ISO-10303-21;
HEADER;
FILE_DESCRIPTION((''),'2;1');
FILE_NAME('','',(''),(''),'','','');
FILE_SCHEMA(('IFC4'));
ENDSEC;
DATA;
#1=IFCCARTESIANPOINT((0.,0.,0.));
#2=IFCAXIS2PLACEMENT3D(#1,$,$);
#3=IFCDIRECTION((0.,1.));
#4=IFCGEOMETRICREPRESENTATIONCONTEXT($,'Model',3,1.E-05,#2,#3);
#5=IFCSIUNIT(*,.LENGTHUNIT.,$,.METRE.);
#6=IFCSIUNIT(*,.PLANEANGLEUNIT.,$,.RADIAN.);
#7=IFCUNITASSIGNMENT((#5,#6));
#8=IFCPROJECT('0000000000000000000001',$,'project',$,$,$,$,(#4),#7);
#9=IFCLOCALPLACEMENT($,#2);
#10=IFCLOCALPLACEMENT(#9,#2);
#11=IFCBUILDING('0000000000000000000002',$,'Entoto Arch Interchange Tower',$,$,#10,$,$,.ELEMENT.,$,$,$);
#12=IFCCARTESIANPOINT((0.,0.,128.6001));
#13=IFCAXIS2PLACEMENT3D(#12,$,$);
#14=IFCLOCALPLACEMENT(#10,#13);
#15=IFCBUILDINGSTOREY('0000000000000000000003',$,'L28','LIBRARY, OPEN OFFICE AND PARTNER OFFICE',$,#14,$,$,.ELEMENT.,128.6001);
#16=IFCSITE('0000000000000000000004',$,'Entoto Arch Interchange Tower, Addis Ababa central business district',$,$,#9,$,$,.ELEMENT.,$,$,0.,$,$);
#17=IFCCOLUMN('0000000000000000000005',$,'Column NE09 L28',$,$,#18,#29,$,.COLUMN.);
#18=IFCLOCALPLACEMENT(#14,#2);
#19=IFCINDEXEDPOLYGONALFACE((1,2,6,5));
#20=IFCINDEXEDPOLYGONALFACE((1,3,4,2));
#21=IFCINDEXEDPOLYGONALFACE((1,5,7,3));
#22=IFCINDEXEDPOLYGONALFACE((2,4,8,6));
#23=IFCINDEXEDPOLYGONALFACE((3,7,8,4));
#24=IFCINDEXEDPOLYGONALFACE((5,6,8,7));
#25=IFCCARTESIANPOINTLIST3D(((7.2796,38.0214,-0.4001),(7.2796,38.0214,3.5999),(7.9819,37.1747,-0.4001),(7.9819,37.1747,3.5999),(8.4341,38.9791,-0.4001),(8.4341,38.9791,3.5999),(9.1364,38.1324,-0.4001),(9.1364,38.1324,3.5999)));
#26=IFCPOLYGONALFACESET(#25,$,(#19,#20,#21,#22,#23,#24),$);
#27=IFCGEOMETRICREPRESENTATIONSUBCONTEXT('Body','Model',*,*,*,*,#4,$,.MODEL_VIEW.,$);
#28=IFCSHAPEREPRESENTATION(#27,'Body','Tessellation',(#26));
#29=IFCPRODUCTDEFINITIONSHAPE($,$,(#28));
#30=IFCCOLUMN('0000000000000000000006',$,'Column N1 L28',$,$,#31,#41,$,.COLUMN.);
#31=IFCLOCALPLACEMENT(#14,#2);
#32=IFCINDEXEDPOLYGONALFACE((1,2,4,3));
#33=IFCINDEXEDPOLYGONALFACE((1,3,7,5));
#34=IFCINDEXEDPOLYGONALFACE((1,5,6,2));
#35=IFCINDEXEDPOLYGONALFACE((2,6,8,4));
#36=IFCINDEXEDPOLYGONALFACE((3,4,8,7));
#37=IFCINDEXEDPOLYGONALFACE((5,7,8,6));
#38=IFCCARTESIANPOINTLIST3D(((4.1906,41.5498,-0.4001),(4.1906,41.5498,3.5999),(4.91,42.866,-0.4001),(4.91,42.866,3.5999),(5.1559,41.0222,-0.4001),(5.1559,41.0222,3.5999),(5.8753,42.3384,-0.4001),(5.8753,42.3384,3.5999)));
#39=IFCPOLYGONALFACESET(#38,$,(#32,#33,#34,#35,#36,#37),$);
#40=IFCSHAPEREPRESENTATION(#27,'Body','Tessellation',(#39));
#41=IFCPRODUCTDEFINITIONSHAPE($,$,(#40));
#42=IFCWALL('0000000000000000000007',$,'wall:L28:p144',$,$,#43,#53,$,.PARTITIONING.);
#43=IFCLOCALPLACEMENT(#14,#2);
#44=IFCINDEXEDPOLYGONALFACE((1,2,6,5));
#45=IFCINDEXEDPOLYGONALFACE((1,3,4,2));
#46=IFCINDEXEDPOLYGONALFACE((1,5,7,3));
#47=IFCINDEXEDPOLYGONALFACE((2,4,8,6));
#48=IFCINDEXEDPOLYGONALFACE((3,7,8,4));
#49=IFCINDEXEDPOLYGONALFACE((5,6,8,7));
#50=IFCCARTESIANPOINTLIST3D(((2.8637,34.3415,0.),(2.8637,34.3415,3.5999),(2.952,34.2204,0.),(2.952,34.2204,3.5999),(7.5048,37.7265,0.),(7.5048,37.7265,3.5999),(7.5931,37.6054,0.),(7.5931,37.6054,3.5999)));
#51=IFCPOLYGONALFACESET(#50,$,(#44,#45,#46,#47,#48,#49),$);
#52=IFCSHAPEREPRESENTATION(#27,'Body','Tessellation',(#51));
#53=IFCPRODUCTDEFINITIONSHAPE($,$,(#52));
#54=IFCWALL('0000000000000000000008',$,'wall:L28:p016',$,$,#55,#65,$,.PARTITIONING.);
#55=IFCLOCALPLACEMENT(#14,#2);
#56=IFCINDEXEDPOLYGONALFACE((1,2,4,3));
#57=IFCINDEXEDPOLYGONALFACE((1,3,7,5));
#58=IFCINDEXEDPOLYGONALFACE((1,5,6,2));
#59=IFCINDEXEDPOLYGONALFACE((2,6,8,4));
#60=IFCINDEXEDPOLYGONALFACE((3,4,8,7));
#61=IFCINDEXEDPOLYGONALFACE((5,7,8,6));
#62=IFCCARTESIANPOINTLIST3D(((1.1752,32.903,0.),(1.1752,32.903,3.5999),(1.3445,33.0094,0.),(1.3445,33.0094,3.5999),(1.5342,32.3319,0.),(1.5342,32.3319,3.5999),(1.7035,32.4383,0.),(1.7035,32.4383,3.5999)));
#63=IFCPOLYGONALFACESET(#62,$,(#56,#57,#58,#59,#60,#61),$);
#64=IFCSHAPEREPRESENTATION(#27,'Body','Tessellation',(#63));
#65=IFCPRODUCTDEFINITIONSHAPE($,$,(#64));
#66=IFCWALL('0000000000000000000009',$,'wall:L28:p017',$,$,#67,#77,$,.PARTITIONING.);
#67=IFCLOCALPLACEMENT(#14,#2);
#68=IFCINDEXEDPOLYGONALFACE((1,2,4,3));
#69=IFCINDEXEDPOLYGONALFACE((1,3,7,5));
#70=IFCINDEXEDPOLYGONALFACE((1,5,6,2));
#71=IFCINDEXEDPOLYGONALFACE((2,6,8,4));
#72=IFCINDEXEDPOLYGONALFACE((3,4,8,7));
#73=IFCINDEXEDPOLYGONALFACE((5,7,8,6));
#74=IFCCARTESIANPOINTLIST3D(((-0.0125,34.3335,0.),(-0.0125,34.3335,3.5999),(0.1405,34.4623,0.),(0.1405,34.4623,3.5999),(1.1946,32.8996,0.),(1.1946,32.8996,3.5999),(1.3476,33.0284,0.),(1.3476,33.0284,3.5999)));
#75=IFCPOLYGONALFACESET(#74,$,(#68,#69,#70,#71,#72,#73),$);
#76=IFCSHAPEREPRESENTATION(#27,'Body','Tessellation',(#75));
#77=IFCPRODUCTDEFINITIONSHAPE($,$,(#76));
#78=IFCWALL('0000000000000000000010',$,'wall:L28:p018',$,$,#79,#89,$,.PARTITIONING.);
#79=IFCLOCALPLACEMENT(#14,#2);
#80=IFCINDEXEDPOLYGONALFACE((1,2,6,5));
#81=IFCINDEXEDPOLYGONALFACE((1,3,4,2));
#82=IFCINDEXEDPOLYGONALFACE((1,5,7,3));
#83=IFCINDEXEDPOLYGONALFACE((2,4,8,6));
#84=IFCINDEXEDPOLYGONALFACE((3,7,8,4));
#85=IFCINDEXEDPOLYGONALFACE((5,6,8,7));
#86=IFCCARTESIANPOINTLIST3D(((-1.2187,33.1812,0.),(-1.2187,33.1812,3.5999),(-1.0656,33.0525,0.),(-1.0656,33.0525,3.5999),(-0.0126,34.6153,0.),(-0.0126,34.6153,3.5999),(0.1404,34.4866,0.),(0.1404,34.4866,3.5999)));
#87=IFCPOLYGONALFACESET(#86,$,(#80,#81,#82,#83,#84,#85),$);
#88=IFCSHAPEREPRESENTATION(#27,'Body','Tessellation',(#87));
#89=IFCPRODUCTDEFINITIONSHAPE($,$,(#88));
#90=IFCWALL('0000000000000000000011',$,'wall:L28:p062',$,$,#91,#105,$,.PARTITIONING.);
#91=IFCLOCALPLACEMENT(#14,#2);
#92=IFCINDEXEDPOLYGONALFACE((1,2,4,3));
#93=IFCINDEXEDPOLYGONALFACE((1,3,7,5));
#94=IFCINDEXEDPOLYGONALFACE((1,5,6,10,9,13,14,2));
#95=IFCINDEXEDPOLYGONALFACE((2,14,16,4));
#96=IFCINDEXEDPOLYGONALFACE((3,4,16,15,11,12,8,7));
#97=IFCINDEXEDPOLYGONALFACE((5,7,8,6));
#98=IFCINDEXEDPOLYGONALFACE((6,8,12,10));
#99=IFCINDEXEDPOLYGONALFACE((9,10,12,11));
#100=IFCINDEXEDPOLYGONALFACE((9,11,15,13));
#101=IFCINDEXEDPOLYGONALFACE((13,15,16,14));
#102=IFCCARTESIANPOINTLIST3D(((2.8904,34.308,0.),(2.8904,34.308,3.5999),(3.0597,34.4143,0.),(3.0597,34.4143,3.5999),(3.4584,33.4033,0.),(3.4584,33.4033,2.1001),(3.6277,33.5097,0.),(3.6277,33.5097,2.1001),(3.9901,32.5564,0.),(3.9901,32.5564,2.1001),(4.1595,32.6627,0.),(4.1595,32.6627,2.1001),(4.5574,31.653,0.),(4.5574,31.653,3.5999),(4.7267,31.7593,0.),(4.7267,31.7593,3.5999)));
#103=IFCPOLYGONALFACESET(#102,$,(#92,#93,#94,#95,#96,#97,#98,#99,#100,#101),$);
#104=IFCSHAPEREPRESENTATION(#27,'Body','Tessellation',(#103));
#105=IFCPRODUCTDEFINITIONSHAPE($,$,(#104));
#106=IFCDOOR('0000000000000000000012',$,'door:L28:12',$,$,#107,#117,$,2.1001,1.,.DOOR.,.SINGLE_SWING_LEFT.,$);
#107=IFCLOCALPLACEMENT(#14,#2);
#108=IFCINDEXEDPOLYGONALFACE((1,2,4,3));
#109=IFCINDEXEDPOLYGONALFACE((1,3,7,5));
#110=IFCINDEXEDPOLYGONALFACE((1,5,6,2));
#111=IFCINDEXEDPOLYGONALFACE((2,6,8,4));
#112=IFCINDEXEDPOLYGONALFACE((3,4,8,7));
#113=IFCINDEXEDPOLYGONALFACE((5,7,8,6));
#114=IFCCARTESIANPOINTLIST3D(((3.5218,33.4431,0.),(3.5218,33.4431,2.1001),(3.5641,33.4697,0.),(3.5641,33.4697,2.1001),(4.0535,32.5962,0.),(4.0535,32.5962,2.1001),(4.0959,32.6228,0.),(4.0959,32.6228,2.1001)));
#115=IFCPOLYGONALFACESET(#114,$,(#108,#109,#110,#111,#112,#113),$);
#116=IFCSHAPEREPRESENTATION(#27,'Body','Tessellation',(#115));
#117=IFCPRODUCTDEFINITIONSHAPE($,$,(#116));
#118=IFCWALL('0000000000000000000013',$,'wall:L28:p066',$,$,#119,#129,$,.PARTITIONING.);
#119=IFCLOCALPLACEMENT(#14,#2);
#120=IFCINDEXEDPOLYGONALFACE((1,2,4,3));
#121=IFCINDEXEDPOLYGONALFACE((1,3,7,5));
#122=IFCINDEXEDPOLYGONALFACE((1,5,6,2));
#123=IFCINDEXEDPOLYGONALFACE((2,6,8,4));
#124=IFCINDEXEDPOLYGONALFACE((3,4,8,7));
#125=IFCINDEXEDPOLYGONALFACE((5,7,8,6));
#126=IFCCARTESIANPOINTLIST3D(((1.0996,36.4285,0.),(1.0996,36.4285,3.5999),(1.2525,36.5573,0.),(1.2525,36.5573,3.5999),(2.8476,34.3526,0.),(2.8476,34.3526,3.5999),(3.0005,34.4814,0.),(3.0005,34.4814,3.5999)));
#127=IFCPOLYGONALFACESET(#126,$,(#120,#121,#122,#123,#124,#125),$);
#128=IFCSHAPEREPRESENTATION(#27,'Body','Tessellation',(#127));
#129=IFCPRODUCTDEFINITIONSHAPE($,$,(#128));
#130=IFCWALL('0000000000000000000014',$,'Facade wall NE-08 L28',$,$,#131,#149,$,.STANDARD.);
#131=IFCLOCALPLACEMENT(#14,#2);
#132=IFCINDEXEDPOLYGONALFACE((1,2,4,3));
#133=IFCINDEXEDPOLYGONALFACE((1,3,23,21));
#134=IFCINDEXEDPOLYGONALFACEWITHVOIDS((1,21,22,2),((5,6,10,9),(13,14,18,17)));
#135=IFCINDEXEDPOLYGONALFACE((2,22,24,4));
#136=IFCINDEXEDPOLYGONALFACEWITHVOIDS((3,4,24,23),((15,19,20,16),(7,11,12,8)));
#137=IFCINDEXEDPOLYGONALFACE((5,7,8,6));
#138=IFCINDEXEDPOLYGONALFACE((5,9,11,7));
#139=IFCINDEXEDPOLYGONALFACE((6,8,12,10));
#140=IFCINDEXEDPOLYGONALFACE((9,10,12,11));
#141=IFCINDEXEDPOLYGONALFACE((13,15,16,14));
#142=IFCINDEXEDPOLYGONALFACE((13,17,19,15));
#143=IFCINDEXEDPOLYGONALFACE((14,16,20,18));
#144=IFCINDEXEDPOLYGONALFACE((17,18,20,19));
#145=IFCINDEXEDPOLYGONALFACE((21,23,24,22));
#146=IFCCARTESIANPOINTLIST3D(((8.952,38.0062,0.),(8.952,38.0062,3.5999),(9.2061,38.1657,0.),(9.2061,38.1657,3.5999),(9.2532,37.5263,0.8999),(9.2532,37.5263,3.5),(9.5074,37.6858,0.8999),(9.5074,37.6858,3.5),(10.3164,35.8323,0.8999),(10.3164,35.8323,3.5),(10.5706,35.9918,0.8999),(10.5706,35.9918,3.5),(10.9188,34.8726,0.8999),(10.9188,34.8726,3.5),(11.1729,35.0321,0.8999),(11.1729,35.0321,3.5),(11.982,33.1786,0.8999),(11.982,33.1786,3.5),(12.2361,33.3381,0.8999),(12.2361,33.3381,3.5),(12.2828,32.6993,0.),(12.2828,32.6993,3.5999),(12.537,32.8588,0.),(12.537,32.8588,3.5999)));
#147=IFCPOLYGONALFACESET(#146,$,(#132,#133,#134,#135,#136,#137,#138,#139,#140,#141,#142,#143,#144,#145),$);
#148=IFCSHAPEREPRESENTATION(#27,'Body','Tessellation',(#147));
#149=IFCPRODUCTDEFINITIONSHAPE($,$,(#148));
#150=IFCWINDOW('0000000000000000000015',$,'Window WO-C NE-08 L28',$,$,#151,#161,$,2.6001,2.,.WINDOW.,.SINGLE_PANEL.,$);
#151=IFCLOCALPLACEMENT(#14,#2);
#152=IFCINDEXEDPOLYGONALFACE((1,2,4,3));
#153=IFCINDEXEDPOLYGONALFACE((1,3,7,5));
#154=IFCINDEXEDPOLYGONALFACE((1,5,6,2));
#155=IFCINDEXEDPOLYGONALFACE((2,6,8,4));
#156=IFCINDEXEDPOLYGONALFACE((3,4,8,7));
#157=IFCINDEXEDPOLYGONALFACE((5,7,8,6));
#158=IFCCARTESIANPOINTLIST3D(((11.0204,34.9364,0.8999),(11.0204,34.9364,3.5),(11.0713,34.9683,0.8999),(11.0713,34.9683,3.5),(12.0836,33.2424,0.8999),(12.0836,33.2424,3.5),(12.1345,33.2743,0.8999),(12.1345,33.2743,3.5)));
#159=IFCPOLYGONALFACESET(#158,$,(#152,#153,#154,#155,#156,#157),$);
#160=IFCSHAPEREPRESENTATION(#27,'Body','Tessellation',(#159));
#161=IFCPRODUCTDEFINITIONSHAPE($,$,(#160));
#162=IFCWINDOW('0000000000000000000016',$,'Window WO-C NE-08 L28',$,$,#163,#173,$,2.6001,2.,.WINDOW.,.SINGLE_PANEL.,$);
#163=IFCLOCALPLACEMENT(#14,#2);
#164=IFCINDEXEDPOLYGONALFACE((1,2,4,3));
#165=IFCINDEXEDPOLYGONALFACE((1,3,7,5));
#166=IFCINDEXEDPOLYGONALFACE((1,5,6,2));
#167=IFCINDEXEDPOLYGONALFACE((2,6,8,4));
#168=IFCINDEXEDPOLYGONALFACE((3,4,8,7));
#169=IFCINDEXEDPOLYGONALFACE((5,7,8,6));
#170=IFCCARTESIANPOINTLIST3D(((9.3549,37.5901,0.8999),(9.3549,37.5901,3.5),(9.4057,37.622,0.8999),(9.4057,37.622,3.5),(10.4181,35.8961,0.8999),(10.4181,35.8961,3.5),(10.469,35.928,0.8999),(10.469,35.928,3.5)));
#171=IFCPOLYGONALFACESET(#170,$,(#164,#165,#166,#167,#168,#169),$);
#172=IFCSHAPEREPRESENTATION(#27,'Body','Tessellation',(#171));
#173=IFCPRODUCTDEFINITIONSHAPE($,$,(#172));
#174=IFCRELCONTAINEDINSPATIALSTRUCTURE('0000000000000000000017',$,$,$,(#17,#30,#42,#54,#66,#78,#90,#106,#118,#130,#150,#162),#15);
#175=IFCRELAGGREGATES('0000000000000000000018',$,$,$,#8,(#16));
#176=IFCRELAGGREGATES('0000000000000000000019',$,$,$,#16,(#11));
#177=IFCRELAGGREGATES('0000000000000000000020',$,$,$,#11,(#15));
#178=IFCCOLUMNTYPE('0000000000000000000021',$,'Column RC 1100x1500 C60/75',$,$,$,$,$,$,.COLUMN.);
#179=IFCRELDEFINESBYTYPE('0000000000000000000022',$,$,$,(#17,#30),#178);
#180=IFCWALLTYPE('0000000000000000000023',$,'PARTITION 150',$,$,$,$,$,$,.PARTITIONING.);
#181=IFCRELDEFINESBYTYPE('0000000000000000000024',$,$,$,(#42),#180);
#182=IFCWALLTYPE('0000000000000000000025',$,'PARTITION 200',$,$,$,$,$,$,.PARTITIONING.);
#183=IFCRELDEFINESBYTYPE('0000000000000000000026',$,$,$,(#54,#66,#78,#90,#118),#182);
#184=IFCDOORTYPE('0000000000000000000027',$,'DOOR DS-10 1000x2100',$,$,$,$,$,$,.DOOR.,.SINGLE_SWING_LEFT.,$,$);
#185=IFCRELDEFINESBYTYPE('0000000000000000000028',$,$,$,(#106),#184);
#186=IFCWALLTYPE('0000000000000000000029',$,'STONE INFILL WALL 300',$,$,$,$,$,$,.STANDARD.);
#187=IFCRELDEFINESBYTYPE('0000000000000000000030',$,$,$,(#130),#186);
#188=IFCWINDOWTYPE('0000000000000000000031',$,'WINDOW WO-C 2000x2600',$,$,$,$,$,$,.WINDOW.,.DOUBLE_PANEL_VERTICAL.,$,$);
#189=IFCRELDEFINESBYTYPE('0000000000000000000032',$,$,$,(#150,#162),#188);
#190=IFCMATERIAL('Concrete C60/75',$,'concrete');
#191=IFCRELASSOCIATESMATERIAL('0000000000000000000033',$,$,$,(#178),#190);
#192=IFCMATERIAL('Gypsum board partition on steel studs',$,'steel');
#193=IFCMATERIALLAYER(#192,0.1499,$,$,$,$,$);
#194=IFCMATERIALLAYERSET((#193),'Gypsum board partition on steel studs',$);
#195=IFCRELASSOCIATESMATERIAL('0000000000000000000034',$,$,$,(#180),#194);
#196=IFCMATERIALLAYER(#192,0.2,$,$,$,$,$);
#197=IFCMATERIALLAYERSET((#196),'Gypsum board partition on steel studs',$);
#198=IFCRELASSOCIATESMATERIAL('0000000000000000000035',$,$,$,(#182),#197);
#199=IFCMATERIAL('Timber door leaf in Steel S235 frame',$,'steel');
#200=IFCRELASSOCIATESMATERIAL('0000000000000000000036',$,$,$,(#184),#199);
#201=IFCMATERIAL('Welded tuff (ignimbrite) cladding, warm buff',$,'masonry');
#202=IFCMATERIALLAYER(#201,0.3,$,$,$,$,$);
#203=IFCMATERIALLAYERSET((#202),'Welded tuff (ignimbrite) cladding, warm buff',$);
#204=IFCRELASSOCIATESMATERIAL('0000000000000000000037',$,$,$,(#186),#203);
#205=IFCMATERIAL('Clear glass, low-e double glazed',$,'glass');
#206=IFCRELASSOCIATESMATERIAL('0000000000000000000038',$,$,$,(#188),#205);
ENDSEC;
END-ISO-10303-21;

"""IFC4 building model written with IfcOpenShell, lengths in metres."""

from ifc_helpers import new_model, si_unit, direction, frame, frame_2d, origin, origin_2d, place, context, subcontext, project, spatial, rectangle, extrude, material, layer, layer_set, material_profile, profile_set, type_object, element, fill, save


model = new_model("IFC4")

# Units and contexts
model_context = context("Model", 3, precision=1e-05, world=origin(), true_north=direction((0.0, 1.0)))
body_context = subcontext(model_context, "Body", "Model", "MODEL_VIEW")
ifc_project = project(units=[si_unit("LENGTHUNIT", "METRE"), si_unit("PLANEANGLEUNIT", "RADIAN")], contexts=[model_context])

# Site, building, storey
site_placement = place(None, origin())
site = spatial("IfcSite", under=ifc_project, at=site_placement, Name="Entoto Arch Interchange Tower, Addis Ababa central business district", CompositionType="ELEMENT", RefElevation=0.0)
building_placement = place(site_placement, origin())
building = spatial("IfcBuilding", under=site, at=building_placement, Name="Entoto Arch Interchange Tower", CompositionType="ELEMENT")
storey_placement = place(building_placement, frame((0.0, 0.0, 128.6001)))
storey = spatial("IfcBuildingStorey", under=building, at=storey_placement, Name="L28", Description="LIBRARY, OPEN OFFICE AND PARTNER OFFICE", CompositionType="ELEMENT", Elevation=128.6001)

# Columns
ifc_material_1 = material(Name="Concrete C60/75", Category="concrete")
ifc_material_profile = material_profile(ifc_material_1, rectangle(XDim=1.1001, YDim=1.5, at=origin_2d()))
ifc_profile_set = profile_set([ifc_material_profile], Name="Concrete C60/75")
column_type = type_object("IfcColumnType", Name="Column RC 1100x1500 C60/75", PredefinedType="COLUMN", material=ifc_profile_set)
for number, where, z_axis, x_axis, name in (
    (1, (8.208, 38.0769, -0.4001), (0.0, 0.0, 1.0), (-0.638459, 0.769656, 0.0), "Column NE09 L28"),
    (2, (5.033, 41.9441, -0.4001), (0.0, 0.0, 1.0), (-0.877481, 0.479611, 0.0), "Column N1 L28"),
):
    element("IfcColumn", number, at=place(storey_placement, frame(where, z_axis=z_axis, x_axis=x_axis)), inside=storey, type_object=column_type, Name=name, PredefinedType="COLUMN", context=body_context, shape_type="SweptSolid", body=[
        extrude(rectangle(XDim=1.1001, YDim=1.5, at=origin_2d()), origin(), (0.0, 0.0, 1.0), 4.0),
    ])

# Walls
ifc_material_2 = material(Name="Gypsum board partition on steel studs", Category="steel")
ifc_layer_1 = layer(ifc_material_2, 0.1499)
ifc_layer_set_1 = layer_set([ifc_layer_1], Name="Gypsum board partition on steel studs")
wall_type_1 = type_object("IfcWallType", Name="PARTITION 150", PredefinedType="PARTITIONING", material=ifc_layer_set_1)
wall_1_placement = place(storey_placement, frame((2.908, 34.281, 0.0), z_axis=(0.0, 0.0, 1.0), x_axis=(0.807936, 0.58927, 0.0)))
element("IfcWall", 3, at=wall_1_placement, inside=storey, type_object=wall_type_1, Name="wall:L28:p144", PredefinedType="PARTITIONING", context=body_context, shape_type="SweptSolid", body=[
    extrude(rectangle(XDim=5.7444, YDim=0.1499, at=frame_2d((2.8721, 0.0))), origin(), (0.0, 0.0, 1.0), 3.5999),
])
ifc_layer_2 = layer(ifc_material_2, 0.2)
ifc_layer_set_2 = layer_set([ifc_layer_2], Name="Gypsum board partition on steel studs")
wall_type_2 = type_object("IfcWallType", Name="PARTITION 200", PredefinedType="PARTITIONING", material=ifc_layer_set_2)
wall_2_placement = place(storey_placement, frame((1.6189, 32.385, 0.0), z_axis=(0.0, 0.0, 1.0), x_axis=(-0.532112, 0.846674, 0.0)))
element("IfcWall", 4, at=wall_2_placement, inside=storey, type_object=wall_type_2, Name="wall:L28:p016", PredefinedType="PARTITIONING", context=body_context, shape_type="SweptSolid", body=[
    extrude(rectangle(XDim=0.6746, YDim=0.2, at=frame_2d((0.3374, 0.0))), origin(), (0.0, 0.0, 1.0), 3.5999),
])
wall_3_placement = place(storey_placement, frame((1.271, 32.9641, 0.0), z_axis=(0.0, 0.0, 1.0), x_axis=(-0.644007, 0.765019, 0.0)))
element("IfcWall", 5, at=wall_3_placement, inside=storey, type_object=wall_type_2, Name="wall:L28:p017", PredefinedType="PARTITIONING", context=body_context, shape_type="SweptSolid", body=[
    extrude(rectangle(XDim=1.8743, YDim=0.2, at=frame_2d((0.937, 0.0))), origin(), (0.0, 0.0, 1.0), 3.5999),
])
wall_4_placement = place(storey_placement, frame((0.064, 34.551, 0.0), z_axis=(0.0, 0.0, 1.0), x_axis=(-0.643638, -0.76533, 0.0)))
element("IfcWall", 6, at=wall_4_placement, inside=storey, type_object=wall_type_2, Name="wall:L28:p018", PredefinedType="PARTITIONING", context=body_context, shape_type="SweptSolid", body=[
    extrude(rectangle(XDim=1.8738, YDim=0.2, at=frame_2d((0.937, 0.0))), origin(), (0.0, 0.0, 1.0), 3.5999),
])

# Wall, opening, door
wall_5_placement = place(storey_placement, frame((2.9751, 34.3611, 0.0), z_axis=(0.0, 0.0, 1.0), x_axis=(0.531741, -0.846907, 0.0)))
wall_5 = element("IfcWall", 7, at=wall_5_placement, inside=storey, type_object=wall_type_2, Name="wall:L28:p062", PredefinedType="PARTITIONING", context=body_context, shape_type="SweptSolid", body=[
    extrude(rectangle(XDim=3.135, YDim=0.2, at=frame_2d((1.5674, 0.0))), origin(), (0.0, 0.0, 1.0), 3.5999),
])
opening_1_placement = place(wall_5_placement, frame((1.0681, 0.0, 0.0)))
opening_1 = element("IfcOpeningElement", 8, at=opening_1_placement, cuts=wall_5, PredefinedType="OPENING", context=body_context, shape_type="SweptSolid", body=[
    extrude(rectangle(XDim=1.0, YDim=2.1001, at=frame_2d((0.5, 1.05))), frame((0.0, 0.1099, 0.0), z_axis=(0.0, -1.0, 0.0), x_axis=(1.0, 0.0, 0.0)), (0.0, 0.0, 1.0), 0.22),
])
ifc_material_3 = material(Name="Timber door leaf in Steel S235 frame", Category="steel")
door_type = type_object("IfcDoorType", Name="DOOR DS-10 1000x2100", OperationType="SINGLE_SWING_LEFT", PredefinedType="DOOR", material=ifc_material_3)
door_placement = place(opening_1_placement, origin())
door = element("IfcDoor", 9, at=door_placement, inside=storey, type_object=door_type, Name="door:L28:12", OperationType="SINGLE_SWING_LEFT", OverallHeight=2.1001, OverallWidth=1.0, PredefinedType="DOOR", context=body_context, shape_type="SweptSolid", body=[
    extrude(rectangle(XDim=1.0, YDim=2.1001, at=frame_2d((0.5, 1.05))), frame((0.0, 0.0249, 0.0), z_axis=(0.0, -1.0, 0.0), x_axis=(1.0, 0.0, 0.0)), (0.0, 0.0, 1.0), 0.05),
])
fill(opening_1, door)

# Wall
wall_6_placement = place(storey_placement, frame((1.176, 36.4929, 0.0), z_axis=(0.0, 0.0, 1.0), x_axis=(0.644114, -0.76493, 0.0)))
element("IfcWall", 10, at=wall_6_placement, inside=storey, type_object=wall_type_2, Name="wall:L28:p066", PredefinedType="PARTITIONING", context=body_context, shape_type="SweptSolid", body=[
    extrude(rectangle(XDim=2.7139, YDim=0.2, at=frame_2d((1.3569, 0.0))), origin(), (0.0, 0.0, 1.0), 3.5999),
])

# Wall, openings, windows
ifc_material_4 = material(Name="Welded tuff (ignimbrite) cladding, warm buff", Category="masonry")
ifc_layer_3 = layer(ifc_material_4, 0.3)
ifc_layer_set_3 = layer_set([ifc_layer_3], Name="Welded tuff (ignimbrite) cladding, warm buff")
wall_type_3 = type_object("IfcWallType", Name="STONE INFILL WALL 300", PredefinedType="STANDARD", material=ifc_layer_set_3)
wall_7_placement = place(storey_placement, frame((12.4099, 32.7791, 0.0), z_axis=(0.0, 0.0, 1.0), x_axis=(-0.531606, 0.846992, 0.0)))
wall_7 = element("IfcWall", 11, at=wall_7_placement, inside=storey, type_object=wall_type_3, Name="Facade wall NE-08 L28", PredefinedType="STANDARD", context=body_context, shape_type="SweptSolid", body=[
    extrude(rectangle(XDim=6.2656, YDim=0.3, at=frame_2d((3.1328, 0.0))), origin(), (0.0, 0.0, 1.0), 3.5999),
])
opening_2_placement = place(wall_7_placement, frame((0.5659, 0.0, 0.8999)))
opening_2 = element("IfcOpeningElement", 12, at=opening_2_placement, cuts=wall_7, PredefinedType="OPENING", context=body_context, shape_type="SweptSolid", body=[
    extrude(rectangle(XDim=2.0, YDim=2.6001, at=frame_2d((1.0, 1.3))), frame((0.0, 0.1602, 0.0), z_axis=(0.0, -1.0, 0.0), x_axis=(1.0, 0.0, 0.0)), (0.0, 0.0, 1.0), 0.3201),
])
opening_3_placement = place(wall_7_placement, frame((3.699, 0.0, 0.8999)))
opening_3 = element("IfcOpeningElement", 13, at=opening_3_placement, cuts=wall_7, PredefinedType="OPENING", context=body_context, shape_type="SweptSolid", body=[
    extrude(rectangle(XDim=2.0, YDim=2.6001, at=frame_2d((1.0, 1.3))), frame((0.0, 0.1602, 0.0), z_axis=(0.0, -1.0, 0.0), x_axis=(1.0, 0.0, 0.0)), (0.0, 0.0, 1.0), 0.3201),
])
ifc_material_5 = material(Name="Clear glass, low-e double glazed", Category="glass")
window_type_1 = type_object("IfcWindowType", Name="WINDOW WO-C 2000x2600", PartitioningType="DOUBLE_PANEL_VERTICAL", PredefinedType="WINDOW", material=ifc_material_5)
window_1_placement = place(opening_2_placement, origin())
window_1 = element("IfcWindow", 14, at=window_1_placement, inside=storey, type_object=window_type_1, Name="Window WO-C NE-08 L28", OverallHeight=2.6001, OverallWidth=2.0, PartitioningType="SINGLE_PANEL", PredefinedType="WINDOW", context=body_context, shape_type="SweptSolid", body=[
    extrude(rectangle(XDim=2.0, YDim=2.6001, at=frame_2d((1.0, 1.3))), frame((0.0, 0.03, 0.0), z_axis=(0.0, -1.0, 0.0), x_axis=(1.0, 0.0, 0.0)), (0.0, 0.0, 1.0), 0.0601),
])
fill(opening_2, window_1)
window_2_placement = place(opening_3_placement, origin())
window_2 = element("IfcWindow", 15, at=window_2_placement, inside=storey, type_object=window_type_1, Name="Window WO-C NE-08 L28", OverallHeight=2.6001, OverallWidth=2.0, PartitioningType="SINGLE_PANEL", PredefinedType="WINDOW", context=body_context, shape_type="SweptSolid", body=[
    extrude(rectangle(XDim=2.0, YDim=2.6001, at=frame_2d((1.0, 1.3))), frame((0.0, 0.03, 0.0), z_axis=(0.0, -1.0, 0.0), x_axis=(1.0, 0.0, 0.0)), (0.0, 0.0, 1.0), 0.0601),
])
fill(opening_3, window_2)

save(model, "model.ifc")
